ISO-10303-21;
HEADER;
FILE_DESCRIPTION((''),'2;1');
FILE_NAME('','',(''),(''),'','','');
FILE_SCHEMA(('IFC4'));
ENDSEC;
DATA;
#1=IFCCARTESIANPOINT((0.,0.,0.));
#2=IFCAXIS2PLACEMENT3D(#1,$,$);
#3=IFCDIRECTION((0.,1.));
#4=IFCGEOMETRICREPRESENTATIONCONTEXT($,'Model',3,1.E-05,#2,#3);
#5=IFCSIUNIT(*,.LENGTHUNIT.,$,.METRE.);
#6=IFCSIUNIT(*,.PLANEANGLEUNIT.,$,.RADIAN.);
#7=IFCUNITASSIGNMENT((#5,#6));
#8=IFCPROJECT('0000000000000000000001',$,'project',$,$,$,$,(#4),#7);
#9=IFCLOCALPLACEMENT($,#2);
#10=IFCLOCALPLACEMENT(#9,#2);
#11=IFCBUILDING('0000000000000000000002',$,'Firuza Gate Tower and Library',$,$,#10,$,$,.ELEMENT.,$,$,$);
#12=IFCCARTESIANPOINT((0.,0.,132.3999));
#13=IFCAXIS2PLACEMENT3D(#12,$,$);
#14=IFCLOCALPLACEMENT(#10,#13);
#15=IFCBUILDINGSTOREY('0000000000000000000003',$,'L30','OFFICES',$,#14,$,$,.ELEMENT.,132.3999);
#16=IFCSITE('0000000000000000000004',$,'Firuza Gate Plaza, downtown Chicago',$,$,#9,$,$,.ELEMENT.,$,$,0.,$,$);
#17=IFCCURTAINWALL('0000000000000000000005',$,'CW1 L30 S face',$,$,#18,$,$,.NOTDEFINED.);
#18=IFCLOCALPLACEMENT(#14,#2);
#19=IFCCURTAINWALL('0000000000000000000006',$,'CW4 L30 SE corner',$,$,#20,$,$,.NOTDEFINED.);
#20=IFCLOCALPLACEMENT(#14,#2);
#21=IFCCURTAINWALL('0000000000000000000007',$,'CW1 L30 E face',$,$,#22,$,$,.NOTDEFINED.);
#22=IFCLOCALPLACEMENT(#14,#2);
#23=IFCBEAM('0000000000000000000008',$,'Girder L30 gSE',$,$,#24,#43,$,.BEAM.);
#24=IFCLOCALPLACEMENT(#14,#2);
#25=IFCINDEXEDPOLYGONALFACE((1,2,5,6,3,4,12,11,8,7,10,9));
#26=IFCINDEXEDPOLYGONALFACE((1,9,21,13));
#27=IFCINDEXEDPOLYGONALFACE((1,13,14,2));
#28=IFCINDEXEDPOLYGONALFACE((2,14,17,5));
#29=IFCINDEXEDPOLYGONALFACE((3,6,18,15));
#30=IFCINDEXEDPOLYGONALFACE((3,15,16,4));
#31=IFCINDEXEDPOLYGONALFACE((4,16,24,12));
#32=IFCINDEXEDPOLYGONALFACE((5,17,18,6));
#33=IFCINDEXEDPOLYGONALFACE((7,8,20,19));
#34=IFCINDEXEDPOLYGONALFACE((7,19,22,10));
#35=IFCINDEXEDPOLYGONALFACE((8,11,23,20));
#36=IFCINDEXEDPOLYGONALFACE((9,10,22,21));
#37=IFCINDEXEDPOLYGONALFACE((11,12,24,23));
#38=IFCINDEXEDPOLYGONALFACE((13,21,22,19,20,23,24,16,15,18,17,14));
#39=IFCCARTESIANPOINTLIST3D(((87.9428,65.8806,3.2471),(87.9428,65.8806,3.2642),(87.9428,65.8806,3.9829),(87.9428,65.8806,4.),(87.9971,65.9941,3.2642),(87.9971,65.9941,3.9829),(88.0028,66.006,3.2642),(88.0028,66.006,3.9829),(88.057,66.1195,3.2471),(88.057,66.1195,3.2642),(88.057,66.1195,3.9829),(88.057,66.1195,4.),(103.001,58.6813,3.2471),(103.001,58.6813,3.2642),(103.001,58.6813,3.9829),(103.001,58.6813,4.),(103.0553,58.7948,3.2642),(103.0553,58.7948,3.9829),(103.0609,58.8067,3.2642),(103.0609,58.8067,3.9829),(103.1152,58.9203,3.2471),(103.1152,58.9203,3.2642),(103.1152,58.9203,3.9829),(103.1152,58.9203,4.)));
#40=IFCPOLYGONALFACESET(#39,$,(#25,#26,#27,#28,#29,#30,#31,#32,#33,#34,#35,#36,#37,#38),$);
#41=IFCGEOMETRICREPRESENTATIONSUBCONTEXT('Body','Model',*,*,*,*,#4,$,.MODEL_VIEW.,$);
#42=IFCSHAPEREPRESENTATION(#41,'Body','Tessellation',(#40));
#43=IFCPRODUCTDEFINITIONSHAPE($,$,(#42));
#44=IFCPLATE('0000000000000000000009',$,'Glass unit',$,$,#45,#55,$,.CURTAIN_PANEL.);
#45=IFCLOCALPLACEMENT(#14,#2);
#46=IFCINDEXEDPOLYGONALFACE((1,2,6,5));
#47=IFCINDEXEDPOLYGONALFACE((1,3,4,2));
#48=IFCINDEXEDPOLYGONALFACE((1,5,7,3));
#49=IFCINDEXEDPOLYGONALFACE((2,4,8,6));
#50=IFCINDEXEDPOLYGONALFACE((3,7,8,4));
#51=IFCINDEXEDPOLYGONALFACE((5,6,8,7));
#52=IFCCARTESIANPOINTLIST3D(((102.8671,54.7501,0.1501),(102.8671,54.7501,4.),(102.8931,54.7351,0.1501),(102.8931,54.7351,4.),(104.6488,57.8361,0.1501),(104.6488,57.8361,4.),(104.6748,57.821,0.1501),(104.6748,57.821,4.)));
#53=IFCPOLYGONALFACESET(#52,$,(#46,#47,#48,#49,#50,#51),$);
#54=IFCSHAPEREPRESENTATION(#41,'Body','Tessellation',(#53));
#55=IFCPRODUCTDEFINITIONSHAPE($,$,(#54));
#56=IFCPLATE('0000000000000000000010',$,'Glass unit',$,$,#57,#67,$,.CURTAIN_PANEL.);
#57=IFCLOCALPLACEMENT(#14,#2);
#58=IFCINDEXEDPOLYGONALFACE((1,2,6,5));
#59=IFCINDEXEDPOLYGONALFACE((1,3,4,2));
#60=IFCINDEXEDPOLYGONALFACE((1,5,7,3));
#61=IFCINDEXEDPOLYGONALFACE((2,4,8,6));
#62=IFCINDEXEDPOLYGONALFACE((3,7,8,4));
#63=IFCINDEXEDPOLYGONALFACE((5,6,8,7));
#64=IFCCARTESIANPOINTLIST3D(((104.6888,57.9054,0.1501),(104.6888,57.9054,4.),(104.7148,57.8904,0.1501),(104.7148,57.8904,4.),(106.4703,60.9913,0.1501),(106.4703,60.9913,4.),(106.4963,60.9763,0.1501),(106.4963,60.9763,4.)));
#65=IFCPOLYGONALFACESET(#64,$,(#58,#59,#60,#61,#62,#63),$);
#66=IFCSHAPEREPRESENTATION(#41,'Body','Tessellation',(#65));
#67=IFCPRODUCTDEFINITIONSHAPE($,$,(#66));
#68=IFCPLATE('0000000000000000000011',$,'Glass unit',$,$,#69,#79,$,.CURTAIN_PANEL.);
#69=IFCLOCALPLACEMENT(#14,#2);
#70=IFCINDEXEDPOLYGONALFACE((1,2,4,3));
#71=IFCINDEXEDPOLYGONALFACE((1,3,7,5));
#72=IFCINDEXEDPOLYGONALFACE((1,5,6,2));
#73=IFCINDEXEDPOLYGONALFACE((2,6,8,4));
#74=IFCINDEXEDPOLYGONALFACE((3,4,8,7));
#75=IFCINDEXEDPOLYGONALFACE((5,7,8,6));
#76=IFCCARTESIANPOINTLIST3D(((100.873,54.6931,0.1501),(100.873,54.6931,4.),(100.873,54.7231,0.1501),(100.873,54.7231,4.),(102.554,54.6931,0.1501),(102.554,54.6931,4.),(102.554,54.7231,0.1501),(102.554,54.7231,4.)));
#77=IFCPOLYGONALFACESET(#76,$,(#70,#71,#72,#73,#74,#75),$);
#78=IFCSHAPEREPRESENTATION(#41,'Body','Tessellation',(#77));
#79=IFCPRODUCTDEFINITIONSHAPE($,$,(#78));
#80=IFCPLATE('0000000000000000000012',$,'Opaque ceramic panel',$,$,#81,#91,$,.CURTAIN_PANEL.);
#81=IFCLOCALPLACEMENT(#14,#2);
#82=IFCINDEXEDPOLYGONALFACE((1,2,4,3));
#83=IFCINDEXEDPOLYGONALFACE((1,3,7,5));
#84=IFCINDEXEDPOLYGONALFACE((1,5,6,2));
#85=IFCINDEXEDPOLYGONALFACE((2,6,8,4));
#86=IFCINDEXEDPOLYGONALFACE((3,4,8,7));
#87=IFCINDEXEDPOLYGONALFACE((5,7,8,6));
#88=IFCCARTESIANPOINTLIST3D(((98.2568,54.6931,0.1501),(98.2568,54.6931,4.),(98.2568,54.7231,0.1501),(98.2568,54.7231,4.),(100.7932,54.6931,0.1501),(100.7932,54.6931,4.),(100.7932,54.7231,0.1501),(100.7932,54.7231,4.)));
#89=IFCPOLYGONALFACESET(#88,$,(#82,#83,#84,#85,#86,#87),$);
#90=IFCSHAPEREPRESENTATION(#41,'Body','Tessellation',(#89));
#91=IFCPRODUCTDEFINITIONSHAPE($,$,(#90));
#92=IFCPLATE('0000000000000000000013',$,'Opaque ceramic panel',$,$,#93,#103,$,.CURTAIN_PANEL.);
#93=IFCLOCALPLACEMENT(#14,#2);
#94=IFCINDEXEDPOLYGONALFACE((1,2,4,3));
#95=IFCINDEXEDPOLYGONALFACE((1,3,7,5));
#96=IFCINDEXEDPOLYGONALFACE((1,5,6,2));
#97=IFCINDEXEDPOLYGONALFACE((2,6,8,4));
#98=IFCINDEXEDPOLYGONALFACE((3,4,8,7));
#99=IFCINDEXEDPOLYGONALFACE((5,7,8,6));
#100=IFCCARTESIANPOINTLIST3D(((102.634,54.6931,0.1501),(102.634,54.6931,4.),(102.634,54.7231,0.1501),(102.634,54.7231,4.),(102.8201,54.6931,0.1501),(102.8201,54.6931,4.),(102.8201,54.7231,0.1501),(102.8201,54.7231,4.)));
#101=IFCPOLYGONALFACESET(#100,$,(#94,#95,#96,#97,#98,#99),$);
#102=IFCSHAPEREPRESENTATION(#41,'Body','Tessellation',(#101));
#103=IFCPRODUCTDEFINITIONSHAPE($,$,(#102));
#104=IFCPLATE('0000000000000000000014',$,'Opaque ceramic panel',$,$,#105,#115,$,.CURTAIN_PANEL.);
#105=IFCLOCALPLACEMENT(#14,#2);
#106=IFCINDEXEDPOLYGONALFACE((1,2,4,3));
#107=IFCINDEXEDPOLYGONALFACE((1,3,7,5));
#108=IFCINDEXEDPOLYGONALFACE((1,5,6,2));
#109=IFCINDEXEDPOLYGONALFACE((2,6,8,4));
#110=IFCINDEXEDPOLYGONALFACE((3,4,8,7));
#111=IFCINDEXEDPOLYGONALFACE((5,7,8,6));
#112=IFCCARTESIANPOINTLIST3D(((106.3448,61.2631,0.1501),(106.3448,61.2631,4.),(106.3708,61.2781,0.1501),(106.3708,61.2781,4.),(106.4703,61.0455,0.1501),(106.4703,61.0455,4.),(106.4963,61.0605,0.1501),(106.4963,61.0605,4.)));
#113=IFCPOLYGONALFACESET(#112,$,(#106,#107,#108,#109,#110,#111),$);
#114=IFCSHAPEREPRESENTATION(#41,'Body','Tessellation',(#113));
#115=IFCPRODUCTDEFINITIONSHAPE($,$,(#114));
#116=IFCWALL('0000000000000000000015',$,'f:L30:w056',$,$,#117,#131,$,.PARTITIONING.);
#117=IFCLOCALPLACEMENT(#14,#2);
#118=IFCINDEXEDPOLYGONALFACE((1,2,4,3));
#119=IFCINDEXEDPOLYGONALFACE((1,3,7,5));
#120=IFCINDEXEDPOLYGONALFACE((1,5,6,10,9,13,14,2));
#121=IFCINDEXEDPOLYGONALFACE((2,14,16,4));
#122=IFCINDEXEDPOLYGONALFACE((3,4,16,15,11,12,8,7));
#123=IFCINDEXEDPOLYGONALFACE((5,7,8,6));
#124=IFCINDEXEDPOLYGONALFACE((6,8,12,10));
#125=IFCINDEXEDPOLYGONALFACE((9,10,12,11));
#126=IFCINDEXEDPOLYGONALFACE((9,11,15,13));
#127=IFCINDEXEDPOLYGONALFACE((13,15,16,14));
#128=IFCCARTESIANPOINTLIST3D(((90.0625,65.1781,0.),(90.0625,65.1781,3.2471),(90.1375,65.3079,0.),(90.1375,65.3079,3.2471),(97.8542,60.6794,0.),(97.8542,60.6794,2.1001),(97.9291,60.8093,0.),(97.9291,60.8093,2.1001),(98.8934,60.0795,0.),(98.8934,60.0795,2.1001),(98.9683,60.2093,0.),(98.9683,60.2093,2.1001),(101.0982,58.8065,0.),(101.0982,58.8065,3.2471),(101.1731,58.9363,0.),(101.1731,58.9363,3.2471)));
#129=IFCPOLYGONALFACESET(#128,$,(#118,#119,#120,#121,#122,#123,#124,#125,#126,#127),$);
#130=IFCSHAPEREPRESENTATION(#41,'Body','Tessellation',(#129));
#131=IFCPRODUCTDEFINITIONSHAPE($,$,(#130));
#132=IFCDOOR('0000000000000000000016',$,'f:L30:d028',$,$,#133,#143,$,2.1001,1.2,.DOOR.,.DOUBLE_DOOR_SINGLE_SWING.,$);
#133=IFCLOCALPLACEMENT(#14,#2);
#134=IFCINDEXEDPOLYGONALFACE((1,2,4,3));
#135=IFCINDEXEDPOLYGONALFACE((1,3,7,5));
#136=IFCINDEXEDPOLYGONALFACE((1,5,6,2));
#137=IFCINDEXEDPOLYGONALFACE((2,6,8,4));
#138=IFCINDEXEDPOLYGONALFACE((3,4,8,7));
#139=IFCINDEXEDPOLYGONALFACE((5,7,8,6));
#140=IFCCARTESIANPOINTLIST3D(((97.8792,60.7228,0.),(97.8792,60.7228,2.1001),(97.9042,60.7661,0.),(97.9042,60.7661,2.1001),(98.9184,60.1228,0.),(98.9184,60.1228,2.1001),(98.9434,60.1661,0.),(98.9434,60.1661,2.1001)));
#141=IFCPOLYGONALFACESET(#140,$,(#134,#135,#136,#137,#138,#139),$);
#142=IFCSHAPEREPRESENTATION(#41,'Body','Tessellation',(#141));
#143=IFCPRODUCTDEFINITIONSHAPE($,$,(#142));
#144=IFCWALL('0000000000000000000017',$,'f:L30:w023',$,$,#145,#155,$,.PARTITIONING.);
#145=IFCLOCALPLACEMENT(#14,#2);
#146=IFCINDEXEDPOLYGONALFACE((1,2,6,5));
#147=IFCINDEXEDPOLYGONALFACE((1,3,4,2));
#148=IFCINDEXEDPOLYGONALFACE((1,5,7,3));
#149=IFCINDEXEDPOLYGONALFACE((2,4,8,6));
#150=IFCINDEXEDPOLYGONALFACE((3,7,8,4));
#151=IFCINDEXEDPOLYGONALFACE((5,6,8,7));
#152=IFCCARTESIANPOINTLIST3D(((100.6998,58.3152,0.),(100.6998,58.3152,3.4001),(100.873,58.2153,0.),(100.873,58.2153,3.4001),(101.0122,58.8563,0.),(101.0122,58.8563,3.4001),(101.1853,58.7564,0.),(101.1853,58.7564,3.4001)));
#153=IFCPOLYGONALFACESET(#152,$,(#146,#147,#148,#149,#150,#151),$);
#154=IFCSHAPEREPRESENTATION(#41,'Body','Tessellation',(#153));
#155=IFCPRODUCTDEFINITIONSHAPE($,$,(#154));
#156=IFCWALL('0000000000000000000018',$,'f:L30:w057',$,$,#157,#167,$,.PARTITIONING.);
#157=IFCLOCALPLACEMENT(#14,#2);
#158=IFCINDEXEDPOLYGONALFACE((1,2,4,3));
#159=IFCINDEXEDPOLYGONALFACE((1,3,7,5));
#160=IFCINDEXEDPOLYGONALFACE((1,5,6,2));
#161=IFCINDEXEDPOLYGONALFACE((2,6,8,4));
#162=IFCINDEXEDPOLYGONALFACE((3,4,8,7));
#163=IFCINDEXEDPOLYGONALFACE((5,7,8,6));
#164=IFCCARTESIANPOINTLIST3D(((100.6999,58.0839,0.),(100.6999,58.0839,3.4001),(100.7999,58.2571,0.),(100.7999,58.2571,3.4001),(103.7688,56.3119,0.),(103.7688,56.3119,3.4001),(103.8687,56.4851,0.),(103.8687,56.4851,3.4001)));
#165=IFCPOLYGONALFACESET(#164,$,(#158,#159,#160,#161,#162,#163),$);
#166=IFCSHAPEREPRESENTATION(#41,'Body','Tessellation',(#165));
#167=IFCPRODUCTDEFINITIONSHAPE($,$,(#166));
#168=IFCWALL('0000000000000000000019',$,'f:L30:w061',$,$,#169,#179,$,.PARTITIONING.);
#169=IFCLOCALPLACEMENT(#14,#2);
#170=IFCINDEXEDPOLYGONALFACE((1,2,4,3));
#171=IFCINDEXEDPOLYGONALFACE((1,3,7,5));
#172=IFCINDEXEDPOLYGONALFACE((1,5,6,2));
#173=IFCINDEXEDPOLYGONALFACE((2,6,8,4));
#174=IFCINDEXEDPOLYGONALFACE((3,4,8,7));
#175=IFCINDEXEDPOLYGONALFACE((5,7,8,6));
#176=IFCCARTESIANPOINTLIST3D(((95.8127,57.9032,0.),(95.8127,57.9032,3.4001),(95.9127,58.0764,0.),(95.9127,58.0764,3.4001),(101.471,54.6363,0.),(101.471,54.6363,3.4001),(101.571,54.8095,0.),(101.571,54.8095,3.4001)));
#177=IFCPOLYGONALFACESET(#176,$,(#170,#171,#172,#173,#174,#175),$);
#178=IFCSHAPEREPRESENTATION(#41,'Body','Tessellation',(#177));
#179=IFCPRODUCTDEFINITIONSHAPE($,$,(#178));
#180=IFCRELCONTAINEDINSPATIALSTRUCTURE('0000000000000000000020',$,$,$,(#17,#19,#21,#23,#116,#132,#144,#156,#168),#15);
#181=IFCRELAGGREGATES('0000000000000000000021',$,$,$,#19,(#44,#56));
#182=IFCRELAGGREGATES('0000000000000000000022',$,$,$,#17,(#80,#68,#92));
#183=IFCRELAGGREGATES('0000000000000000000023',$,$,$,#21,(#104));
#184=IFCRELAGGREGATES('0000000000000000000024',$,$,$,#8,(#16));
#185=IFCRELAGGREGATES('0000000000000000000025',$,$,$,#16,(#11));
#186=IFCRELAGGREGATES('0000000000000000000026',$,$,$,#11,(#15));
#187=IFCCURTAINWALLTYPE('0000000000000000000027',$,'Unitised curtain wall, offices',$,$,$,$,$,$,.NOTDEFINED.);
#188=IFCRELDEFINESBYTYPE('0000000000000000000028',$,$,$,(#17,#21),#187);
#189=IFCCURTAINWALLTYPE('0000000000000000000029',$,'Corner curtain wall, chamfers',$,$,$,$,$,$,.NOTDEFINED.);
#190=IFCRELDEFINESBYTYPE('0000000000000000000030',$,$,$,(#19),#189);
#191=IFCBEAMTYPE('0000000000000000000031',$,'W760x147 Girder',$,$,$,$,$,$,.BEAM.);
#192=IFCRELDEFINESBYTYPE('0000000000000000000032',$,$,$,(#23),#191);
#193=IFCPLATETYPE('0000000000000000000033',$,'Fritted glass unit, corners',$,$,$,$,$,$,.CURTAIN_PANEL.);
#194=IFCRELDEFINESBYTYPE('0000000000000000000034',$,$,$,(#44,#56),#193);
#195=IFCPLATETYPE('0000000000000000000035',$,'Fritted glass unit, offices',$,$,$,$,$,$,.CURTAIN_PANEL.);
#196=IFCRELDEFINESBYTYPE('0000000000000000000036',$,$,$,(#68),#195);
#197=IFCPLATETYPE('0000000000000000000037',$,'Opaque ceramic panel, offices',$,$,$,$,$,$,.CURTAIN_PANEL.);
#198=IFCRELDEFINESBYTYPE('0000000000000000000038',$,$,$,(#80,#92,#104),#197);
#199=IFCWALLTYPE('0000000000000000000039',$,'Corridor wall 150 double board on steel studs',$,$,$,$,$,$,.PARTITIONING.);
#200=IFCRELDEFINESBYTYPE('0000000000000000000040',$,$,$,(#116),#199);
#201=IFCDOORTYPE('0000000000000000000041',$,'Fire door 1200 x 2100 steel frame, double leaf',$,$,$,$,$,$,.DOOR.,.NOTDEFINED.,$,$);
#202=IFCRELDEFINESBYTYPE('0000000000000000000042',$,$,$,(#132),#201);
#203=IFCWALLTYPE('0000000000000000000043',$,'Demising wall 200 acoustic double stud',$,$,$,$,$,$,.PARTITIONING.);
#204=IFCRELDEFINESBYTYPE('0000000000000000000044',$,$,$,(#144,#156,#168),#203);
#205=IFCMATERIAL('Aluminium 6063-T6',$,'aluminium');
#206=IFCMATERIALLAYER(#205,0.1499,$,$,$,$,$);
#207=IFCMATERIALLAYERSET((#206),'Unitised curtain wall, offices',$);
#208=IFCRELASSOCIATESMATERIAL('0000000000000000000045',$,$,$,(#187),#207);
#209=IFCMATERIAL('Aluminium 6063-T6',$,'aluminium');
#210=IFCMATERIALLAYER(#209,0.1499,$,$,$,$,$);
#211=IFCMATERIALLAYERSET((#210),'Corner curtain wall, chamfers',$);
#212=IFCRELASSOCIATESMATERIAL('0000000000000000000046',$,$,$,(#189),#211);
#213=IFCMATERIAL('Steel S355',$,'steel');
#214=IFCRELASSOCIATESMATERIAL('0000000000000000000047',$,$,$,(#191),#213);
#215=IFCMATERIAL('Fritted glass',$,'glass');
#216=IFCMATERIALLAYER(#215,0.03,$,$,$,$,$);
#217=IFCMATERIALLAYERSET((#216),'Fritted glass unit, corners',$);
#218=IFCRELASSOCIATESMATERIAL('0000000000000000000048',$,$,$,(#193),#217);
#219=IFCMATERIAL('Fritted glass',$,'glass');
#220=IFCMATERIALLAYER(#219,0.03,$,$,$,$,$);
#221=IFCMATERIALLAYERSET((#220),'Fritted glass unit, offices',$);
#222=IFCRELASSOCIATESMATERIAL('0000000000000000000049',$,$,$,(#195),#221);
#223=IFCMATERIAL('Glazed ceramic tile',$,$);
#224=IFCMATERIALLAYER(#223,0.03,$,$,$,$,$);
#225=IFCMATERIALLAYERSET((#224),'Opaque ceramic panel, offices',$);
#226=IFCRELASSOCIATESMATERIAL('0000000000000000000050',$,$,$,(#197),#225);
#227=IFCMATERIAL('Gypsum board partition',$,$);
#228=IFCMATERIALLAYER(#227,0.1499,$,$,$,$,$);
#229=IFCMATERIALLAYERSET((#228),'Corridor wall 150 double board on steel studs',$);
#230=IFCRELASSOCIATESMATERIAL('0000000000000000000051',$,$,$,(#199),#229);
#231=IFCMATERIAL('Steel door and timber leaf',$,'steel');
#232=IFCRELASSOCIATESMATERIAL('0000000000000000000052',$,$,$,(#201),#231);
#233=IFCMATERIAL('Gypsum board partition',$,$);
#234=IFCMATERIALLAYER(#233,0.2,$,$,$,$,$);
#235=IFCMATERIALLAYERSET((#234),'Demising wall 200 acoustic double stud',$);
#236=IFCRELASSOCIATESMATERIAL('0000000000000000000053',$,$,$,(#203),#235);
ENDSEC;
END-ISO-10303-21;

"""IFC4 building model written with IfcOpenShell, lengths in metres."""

from ifc_helpers import new_model, si_unit, direction, frame, frame_2d, origin, origin_2d, place, context, subcontext, project, spatial, polyline, rectangle, i_section, outline, extrude, material, layer, layer_set, material_profile, profile_set, type_object, element, fill, aggregate, save


model = new_model("IFC4")

# Units and contexts
model_context = context("Model", 3, precision=1e-05, world=origin(), true_north=direction((0.0, 1.0)))
body_context = subcontext(model_context, "Body", "Model", "MODEL_VIEW")
ifc_project = project(units=[si_unit("LENGTHUNIT", "METRE"), si_unit("PLANEANGLEUNIT", "RADIAN")], contexts=[model_context])

# Site, building, storey
site_placement = place(None, origin())
site = spatial("IfcSite", under=ifc_project, at=site_placement, Name="Firuza Gate Plaza, downtown Chicago", CompositionType="ELEMENT", RefElevation=0.0)
building_placement = place(site_placement, origin())
building = spatial("IfcBuilding", under=site, at=building_placement, Name="Firuza Gate Tower and Library", CompositionType="ELEMENT")
storey_placement = place(building_placement, frame((0.0, 0.0, 132.3999)))
storey = spatial("IfcBuildingStorey", under=building, at=storey_placement, Name="L30", Description="OFFICES", CompositionType="ELEMENT", Elevation=132.3999)

# Curtain walls
ifc_material_1 = material(Name="Aluminium 6063-T6", Category="aluminium")
ifc_layer_1 = layer(ifc_material_1, 0.1499)
ifc_layer_set_1 = layer_set([ifc_layer_1], Name="Unitised curtain wall, offices")
curtain_wall_type_1 = type_object("IfcCurtainWallType", Name="Unitised curtain wall, offices", PredefinedType="NOTDEFINED", material=ifc_layer_set_1)
placement = place(storey_placement, origin())
curtain_wall_1 = element("IfcCurtainWall", 1, at=placement, inside=storey, type_object=curtain_wall_type_1, Name="CW1 L30 S face", PredefinedType="NOTDEFINED")
ifc_material_2 = material(Name="Aluminium 6063-T6", Category="aluminium")
ifc_layer_2 = layer(ifc_material_2, 0.1499)
ifc_layer_set_2 = layer_set([ifc_layer_2], Name="Corner curtain wall, chamfers")
curtain_wall_type_2 = type_object("IfcCurtainWallType", Name="Corner curtain wall, chamfers", PredefinedType="NOTDEFINED", material=ifc_layer_set_2)
curtain_wall_2 = element("IfcCurtainWall", 2, at=placement, inside=storey, type_object=curtain_wall_type_2, Name="CW4 L30 SE corner", PredefinedType="NOTDEFINED")

# Curtain wall
curtain_wall_3 = element("IfcCurtainWall", 3, at=placement, inside=storey, type_object=curtain_wall_type_1, Name="CW1 L30 E face", PredefinedType="NOTDEFINED")

# Beam
ifc_material_3 = material(Name="Steel S355", Category="steel")
ifc_material_profile_1 = material_profile(ifc_material_3, i_section(OverallWidth=0.2649, OverallDepth=0.7529, WebThickness=0.0132, FlangeThickness=0.0171, at=origin_2d()))
ifc_profile_set_1 = profile_set([ifc_material_profile_1], Name="Steel S355")
beam_type_1 = type_object("IfcBeamType", Name="W760x147 Girder", PredefinedType="BEAM", material=ifc_profile_set_1)
beam_1_placement = place(storey_placement, frame((103.0581, 58.8008, 3.6235), z_axis=(-0.902192, 0.431334, 0.0), x_axis=(-0.431334, -0.902192, 0.0)))
element("IfcBeam", 4, at=beam_1_placement, inside=storey, type_object=beam_type_1, Name="Girder L30 gSE", PredefinedType="BEAM", context=body_context, shape_type="SweptSolid", body=[
    extrude(i_section(OverallWidth=0.2649, OverallDepth=0.7529, WebThickness=0.0132, FlangeThickness=0.0171, at=origin_2d()), origin(), (0.0, 0.0, 1.0), 16.6907),
])

# Plates
ifc_material_4 = material(Name="Fritted glass", Category="glass")
ifc_layer_3 = layer(ifc_material_4, 0.03)
ifc_layer_set_3 = layer_set([ifc_layer_3], Name="Fritted glass unit, corners")
plate_type_1 = type_object("IfcPlateType", Name="Fritted glass unit, corners", PredefinedType="CURTAIN_PANEL", material=ifc_layer_set_3)
plate_1_placement = place(storey_placement, frame((102.8931, 54.7351, 0.1501), z_axis=(0.866017, -0.500015, 0.0), x_axis=(0.500015, 0.866017, 0.0)))
plate_1 = element("IfcPlate", 5, at=plate_1_placement, type_object=plate_type_1, Name="Glass unit", PredefinedType="CURTAIN_PANEL", context=body_context, shape_type="SweptSolid", body=[
    extrude(outline(polyline([(0.0, 0.0), (3.5634, 0.0), (3.5634, 3.8499), (0.0, 3.8499), (0.0, 0.0)])), origin(), (0.0, 0.0, -1.0), 0.03),
])
plate_2_placement = place(storey_placement, frame((104.7148, 57.8904, 0.1501), z_axis=(0.866046, -0.499964, 0.0), x_axis=(0.499964, 0.866046, 0.0)))
plate_2 = element("IfcPlate", 6, at=plate_2_placement, type_object=plate_type_1, Name="Glass unit", PredefinedType="CURTAIN_PANEL", context=body_context, shape_type="SweptSolid", body=[
    extrude(outline(polyline([(0.0, 0.0), (3.5632, 0.0), (3.5632, 3.8499), (0.0, 3.8499), (0.0, 0.0)])), origin(), (0.0, 0.0, -1.0), 0.03),
])
aggregate(curtain_wall_2, [plate_1, plate_2])
ifc_material_5 = material(Name="Fritted glass", Category="glass")
ifc_layer_4 = layer(ifc_material_5, 0.03)
ifc_layer_set_4 = layer_set([ifc_layer_4], Name="Fritted glass unit, offices")
plate_type_2 = type_object("IfcPlateType", Name="Fritted glass unit, offices", PredefinedType="CURTAIN_PANEL", material=ifc_layer_set_4)
plate_3_placement = place(storey_placement, frame((100.873, 54.6931, 0.1501), z_axis=(0.0, -1.0, 0.0), x_axis=(1.0, 0.0, 0.0)))
plate_3 = element("IfcPlate", 7, at=plate_3_placement, type_object=plate_type_2, Name="Glass unit", PredefinedType="CURTAIN_PANEL", context=body_context, shape_type="SweptSolid", body=[
    extrude(outline(polyline([(0.0, 0.0), (1.6809, 0.0), (1.6809, 3.8499), (0.0, 3.8499), (0.0, 0.0)])), origin(), (0.0, 0.0, -1.0), 0.03),
])
ifc_material_6 = material(Name="Glazed ceramic tile")
ifc_layer_5 = layer(ifc_material_6, 0.03)
ifc_layer_set_5 = layer_set([ifc_layer_5], Name="Opaque ceramic panel, offices")
plate_type_3 = type_object("IfcPlateType", Name="Opaque ceramic panel, offices", PredefinedType="CURTAIN_PANEL", material=ifc_layer_set_5)
plate_4_placement = place(storey_placement, frame((98.2568, 54.6931, 0.1501), z_axis=(0.0, -1.0, 0.0), x_axis=(1.0, 0.0, 0.0)))
plate_4 = element("IfcPlate", 8, at=plate_4_placement, type_object=plate_type_3, Name="Opaque ceramic panel", PredefinedType="CURTAIN_PANEL", context=body_context, shape_type="SweptSolid", body=[
    extrude(outline(polyline([(0.0, 0.0), (2.5364, 0.0), (2.5364, 3.8499), (0.0, 3.8499), (0.0, 0.0)])), origin(), (0.0, 0.0, -1.0), 0.03),
])
plate_5_placement = place(storey_placement, frame((102.634, 54.6931, 0.1501), z_axis=(0.0, -1.0, 0.0), x_axis=(1.0, 0.0, 0.0)))
plate_5 = element("IfcPlate", 9, at=plate_5_placement, type_object=plate_type_3, Name="Opaque ceramic panel", PredefinedType="CURTAIN_PANEL", context=body_context, shape_type="SweptSolid", body=[
    extrude(outline(polyline([(0.0, 0.0), (0.186, 0.0), (0.186, 3.8499), (0.0, 3.8499), (0.0, 0.0)])), origin(), (0.0, 0.0, -1.0), 0.03),
])
aggregate(curtain_wall_1, [plate_4, plate_3, plate_5])
plate_6_placement = place(storey_placement, frame((106.4963, 61.0605, 0.1501), z_axis=(0.866202, 0.499694, 0.0), x_axis=(-0.499694, 0.866202, 0.0)))
plate_6 = element("IfcPlate", 10, at=plate_6_placement, type_object=plate_type_3, Name="Opaque ceramic panel", PredefinedType="CURTAIN_PANEL", context=body_context, shape_type="SweptSolid", body=[
    extrude(outline(polyline([(0.0, 0.0), (0.2511, 0.0), (0.2511, 3.8499), (0.0, 3.8499), (0.0, 0.0)])), origin(), (0.0, 0.0, -1.0), 0.03),
])
aggregate(curtain_wall_3, [plate_6])

# Wall, opening, door
ifc_material_7 = material(Name="Gypsum board partition")
ifc_layer_6 = layer(ifc_material_7, 0.1499)
ifc_layer_set_6 = layer_set([ifc_layer_6], Name="Corridor wall 150 double board on steel studs")
wall_type_1 = type_object("IfcWallType", Name="Corridor wall 150 double board on steel studs", PredefinedType="PARTITIONING", material=ifc_layer_set_6)
wall_1_placement = place(storey_placement, frame((101.1357, 58.8713, 0.0), z_axis=(0.0, 0.0, 1.0), x_axis=(-0.86602, 0.500009, 0.0)))
wall_1 = element("IfcWall", 11, at=wall_1_placement, inside=storey, type_object=wall_type_1, Name="f:L30:w056", PredefinedType="PARTITIONING", context=body_context, shape_type="SweptSolid", body=[
    extrude(rectangle(XDim=12.7429, YDim=0.1499, at=frame_2d((6.3716, 0.0))), origin(), (0.0, 0.0, 1.0), 3.2471),
])
opening_1_placement = place(wall_1_placement, frame((2.5459, 0.0, 0.0)))
opening_1 = element("IfcOpeningElement", 12, at=opening_1_placement, cuts=wall_1, PredefinedType="OPENING", context=body_context, shape_type="SweptSolid", body=[
    extrude(rectangle(XDim=1.2, YDim=2.1001, at=frame_2d((0.6001, 1.05))), frame((0.0, 0.085, 0.0), z_axis=(0.0, -1.0, 0.0), x_axis=(1.0, 0.0, 0.0)), (0.0, 0.0, 1.0), 0.1699),
])
ifc_material_8 = material(Name="Steel door and timber leaf", Category="steel")
door_type_1 = type_object("IfcDoorType", Name="Fire door 1200 x 2100 steel frame, double leaf", OperationType="NOTDEFINED", PredefinedType="DOOR", material=ifc_material_8)
door_1_placement = place(opening_1_placement, origin())
door_1 = element("IfcDoor", 13, at=door_1_placement, inside=storey, type_object=door_type_1, Name="f:L30:d028", OperationType="DOUBLE_DOOR_SINGLE_SWING", OverallHeight=2.1001, OverallWidth=1.2, PredefinedType="DOOR", context=body_context, shape_type="SweptSolid", body=[
    extrude(rectangle(XDim=1.2, YDim=2.1001, at=frame_2d((0.6001, 1.05))), frame((0.0, 0.0249, 0.0), z_axis=(0.0, -1.0, 0.0), x_axis=(1.0, 0.0, 0.0)), (0.0, 0.0, 1.0), 0.05),
])
fill(opening_1, door_1)

# Walls
ifc_material_9 = material(Name="Gypsum board partition")
ifc_layer_7 = layer(ifc_material_9, 0.2)
ifc_layer_set_7 = layer_set([ifc_layer_7], Name="Demising wall 200 acoustic double stud")
wall_type_2 = type_object("IfcWallType", Name="Demising wall 200 acoustic double stud", PredefinedType="PARTITIONING", material=ifc_layer_set_7)
wall_2_placement = place(storey_placement, frame((100.7864, 58.2651, 0.0), z_axis=(0.0, 0.0, 1.0), x_axis=(0.49988, 0.866094, 0.0)))
element("IfcWall", 14, at=wall_2_placement, inside=storey, type_object=wall_type_2, Name="f:L30:w023", PredefinedType="PARTITIONING", context=body_context, shape_type="SweptSolid", body=[
    extrude(rectangle(XDim=0.6248, YDim=0.2, at=frame_2d((0.3125, 0.0))), origin(), (0.0, 0.0, 1.0), 3.4001),
])
wall_3_placement = place(storey_placement, frame((103.8188, 56.3984, 0.0), z_axis=(0.0, 0.0, 1.0), x_axis=(-0.866004, 0.500037, 0.0)))
element("IfcWall", 15, at=wall_3_placement, inside=storey, type_object=wall_type_2, Name="f:L30:w057", PredefinedType="PARTITIONING", context=body_context, shape_type="SweptSolid", body=[
    extrude(rectangle(XDim=3.5437, YDim=0.2, at=frame_2d((1.772, 0.0))), origin(), (0.0, 0.0, 1.0), 3.4001),
])
wall_4_placement = place(storey_placement, frame((101.521, 54.7229, 0.0), z_axis=(0.0, 0.0, 1.0), x_axis=(-0.86602, 0.500009, 0.0)))
element("IfcWall", 16, at=wall_4_placement, inside=storey, type_object=wall_type_2, Name="f:L30:w061", PredefinedType="PARTITIONING", context=body_context, shape_type="SweptSolid", body=[
    extrude(rectangle(XDim=6.5337, YDim=0.2, at=frame_2d((3.2668, 0.0))), origin(), (0.0, 0.0, 1.0), 3.4001),
])

save(model, "model.ifc")
